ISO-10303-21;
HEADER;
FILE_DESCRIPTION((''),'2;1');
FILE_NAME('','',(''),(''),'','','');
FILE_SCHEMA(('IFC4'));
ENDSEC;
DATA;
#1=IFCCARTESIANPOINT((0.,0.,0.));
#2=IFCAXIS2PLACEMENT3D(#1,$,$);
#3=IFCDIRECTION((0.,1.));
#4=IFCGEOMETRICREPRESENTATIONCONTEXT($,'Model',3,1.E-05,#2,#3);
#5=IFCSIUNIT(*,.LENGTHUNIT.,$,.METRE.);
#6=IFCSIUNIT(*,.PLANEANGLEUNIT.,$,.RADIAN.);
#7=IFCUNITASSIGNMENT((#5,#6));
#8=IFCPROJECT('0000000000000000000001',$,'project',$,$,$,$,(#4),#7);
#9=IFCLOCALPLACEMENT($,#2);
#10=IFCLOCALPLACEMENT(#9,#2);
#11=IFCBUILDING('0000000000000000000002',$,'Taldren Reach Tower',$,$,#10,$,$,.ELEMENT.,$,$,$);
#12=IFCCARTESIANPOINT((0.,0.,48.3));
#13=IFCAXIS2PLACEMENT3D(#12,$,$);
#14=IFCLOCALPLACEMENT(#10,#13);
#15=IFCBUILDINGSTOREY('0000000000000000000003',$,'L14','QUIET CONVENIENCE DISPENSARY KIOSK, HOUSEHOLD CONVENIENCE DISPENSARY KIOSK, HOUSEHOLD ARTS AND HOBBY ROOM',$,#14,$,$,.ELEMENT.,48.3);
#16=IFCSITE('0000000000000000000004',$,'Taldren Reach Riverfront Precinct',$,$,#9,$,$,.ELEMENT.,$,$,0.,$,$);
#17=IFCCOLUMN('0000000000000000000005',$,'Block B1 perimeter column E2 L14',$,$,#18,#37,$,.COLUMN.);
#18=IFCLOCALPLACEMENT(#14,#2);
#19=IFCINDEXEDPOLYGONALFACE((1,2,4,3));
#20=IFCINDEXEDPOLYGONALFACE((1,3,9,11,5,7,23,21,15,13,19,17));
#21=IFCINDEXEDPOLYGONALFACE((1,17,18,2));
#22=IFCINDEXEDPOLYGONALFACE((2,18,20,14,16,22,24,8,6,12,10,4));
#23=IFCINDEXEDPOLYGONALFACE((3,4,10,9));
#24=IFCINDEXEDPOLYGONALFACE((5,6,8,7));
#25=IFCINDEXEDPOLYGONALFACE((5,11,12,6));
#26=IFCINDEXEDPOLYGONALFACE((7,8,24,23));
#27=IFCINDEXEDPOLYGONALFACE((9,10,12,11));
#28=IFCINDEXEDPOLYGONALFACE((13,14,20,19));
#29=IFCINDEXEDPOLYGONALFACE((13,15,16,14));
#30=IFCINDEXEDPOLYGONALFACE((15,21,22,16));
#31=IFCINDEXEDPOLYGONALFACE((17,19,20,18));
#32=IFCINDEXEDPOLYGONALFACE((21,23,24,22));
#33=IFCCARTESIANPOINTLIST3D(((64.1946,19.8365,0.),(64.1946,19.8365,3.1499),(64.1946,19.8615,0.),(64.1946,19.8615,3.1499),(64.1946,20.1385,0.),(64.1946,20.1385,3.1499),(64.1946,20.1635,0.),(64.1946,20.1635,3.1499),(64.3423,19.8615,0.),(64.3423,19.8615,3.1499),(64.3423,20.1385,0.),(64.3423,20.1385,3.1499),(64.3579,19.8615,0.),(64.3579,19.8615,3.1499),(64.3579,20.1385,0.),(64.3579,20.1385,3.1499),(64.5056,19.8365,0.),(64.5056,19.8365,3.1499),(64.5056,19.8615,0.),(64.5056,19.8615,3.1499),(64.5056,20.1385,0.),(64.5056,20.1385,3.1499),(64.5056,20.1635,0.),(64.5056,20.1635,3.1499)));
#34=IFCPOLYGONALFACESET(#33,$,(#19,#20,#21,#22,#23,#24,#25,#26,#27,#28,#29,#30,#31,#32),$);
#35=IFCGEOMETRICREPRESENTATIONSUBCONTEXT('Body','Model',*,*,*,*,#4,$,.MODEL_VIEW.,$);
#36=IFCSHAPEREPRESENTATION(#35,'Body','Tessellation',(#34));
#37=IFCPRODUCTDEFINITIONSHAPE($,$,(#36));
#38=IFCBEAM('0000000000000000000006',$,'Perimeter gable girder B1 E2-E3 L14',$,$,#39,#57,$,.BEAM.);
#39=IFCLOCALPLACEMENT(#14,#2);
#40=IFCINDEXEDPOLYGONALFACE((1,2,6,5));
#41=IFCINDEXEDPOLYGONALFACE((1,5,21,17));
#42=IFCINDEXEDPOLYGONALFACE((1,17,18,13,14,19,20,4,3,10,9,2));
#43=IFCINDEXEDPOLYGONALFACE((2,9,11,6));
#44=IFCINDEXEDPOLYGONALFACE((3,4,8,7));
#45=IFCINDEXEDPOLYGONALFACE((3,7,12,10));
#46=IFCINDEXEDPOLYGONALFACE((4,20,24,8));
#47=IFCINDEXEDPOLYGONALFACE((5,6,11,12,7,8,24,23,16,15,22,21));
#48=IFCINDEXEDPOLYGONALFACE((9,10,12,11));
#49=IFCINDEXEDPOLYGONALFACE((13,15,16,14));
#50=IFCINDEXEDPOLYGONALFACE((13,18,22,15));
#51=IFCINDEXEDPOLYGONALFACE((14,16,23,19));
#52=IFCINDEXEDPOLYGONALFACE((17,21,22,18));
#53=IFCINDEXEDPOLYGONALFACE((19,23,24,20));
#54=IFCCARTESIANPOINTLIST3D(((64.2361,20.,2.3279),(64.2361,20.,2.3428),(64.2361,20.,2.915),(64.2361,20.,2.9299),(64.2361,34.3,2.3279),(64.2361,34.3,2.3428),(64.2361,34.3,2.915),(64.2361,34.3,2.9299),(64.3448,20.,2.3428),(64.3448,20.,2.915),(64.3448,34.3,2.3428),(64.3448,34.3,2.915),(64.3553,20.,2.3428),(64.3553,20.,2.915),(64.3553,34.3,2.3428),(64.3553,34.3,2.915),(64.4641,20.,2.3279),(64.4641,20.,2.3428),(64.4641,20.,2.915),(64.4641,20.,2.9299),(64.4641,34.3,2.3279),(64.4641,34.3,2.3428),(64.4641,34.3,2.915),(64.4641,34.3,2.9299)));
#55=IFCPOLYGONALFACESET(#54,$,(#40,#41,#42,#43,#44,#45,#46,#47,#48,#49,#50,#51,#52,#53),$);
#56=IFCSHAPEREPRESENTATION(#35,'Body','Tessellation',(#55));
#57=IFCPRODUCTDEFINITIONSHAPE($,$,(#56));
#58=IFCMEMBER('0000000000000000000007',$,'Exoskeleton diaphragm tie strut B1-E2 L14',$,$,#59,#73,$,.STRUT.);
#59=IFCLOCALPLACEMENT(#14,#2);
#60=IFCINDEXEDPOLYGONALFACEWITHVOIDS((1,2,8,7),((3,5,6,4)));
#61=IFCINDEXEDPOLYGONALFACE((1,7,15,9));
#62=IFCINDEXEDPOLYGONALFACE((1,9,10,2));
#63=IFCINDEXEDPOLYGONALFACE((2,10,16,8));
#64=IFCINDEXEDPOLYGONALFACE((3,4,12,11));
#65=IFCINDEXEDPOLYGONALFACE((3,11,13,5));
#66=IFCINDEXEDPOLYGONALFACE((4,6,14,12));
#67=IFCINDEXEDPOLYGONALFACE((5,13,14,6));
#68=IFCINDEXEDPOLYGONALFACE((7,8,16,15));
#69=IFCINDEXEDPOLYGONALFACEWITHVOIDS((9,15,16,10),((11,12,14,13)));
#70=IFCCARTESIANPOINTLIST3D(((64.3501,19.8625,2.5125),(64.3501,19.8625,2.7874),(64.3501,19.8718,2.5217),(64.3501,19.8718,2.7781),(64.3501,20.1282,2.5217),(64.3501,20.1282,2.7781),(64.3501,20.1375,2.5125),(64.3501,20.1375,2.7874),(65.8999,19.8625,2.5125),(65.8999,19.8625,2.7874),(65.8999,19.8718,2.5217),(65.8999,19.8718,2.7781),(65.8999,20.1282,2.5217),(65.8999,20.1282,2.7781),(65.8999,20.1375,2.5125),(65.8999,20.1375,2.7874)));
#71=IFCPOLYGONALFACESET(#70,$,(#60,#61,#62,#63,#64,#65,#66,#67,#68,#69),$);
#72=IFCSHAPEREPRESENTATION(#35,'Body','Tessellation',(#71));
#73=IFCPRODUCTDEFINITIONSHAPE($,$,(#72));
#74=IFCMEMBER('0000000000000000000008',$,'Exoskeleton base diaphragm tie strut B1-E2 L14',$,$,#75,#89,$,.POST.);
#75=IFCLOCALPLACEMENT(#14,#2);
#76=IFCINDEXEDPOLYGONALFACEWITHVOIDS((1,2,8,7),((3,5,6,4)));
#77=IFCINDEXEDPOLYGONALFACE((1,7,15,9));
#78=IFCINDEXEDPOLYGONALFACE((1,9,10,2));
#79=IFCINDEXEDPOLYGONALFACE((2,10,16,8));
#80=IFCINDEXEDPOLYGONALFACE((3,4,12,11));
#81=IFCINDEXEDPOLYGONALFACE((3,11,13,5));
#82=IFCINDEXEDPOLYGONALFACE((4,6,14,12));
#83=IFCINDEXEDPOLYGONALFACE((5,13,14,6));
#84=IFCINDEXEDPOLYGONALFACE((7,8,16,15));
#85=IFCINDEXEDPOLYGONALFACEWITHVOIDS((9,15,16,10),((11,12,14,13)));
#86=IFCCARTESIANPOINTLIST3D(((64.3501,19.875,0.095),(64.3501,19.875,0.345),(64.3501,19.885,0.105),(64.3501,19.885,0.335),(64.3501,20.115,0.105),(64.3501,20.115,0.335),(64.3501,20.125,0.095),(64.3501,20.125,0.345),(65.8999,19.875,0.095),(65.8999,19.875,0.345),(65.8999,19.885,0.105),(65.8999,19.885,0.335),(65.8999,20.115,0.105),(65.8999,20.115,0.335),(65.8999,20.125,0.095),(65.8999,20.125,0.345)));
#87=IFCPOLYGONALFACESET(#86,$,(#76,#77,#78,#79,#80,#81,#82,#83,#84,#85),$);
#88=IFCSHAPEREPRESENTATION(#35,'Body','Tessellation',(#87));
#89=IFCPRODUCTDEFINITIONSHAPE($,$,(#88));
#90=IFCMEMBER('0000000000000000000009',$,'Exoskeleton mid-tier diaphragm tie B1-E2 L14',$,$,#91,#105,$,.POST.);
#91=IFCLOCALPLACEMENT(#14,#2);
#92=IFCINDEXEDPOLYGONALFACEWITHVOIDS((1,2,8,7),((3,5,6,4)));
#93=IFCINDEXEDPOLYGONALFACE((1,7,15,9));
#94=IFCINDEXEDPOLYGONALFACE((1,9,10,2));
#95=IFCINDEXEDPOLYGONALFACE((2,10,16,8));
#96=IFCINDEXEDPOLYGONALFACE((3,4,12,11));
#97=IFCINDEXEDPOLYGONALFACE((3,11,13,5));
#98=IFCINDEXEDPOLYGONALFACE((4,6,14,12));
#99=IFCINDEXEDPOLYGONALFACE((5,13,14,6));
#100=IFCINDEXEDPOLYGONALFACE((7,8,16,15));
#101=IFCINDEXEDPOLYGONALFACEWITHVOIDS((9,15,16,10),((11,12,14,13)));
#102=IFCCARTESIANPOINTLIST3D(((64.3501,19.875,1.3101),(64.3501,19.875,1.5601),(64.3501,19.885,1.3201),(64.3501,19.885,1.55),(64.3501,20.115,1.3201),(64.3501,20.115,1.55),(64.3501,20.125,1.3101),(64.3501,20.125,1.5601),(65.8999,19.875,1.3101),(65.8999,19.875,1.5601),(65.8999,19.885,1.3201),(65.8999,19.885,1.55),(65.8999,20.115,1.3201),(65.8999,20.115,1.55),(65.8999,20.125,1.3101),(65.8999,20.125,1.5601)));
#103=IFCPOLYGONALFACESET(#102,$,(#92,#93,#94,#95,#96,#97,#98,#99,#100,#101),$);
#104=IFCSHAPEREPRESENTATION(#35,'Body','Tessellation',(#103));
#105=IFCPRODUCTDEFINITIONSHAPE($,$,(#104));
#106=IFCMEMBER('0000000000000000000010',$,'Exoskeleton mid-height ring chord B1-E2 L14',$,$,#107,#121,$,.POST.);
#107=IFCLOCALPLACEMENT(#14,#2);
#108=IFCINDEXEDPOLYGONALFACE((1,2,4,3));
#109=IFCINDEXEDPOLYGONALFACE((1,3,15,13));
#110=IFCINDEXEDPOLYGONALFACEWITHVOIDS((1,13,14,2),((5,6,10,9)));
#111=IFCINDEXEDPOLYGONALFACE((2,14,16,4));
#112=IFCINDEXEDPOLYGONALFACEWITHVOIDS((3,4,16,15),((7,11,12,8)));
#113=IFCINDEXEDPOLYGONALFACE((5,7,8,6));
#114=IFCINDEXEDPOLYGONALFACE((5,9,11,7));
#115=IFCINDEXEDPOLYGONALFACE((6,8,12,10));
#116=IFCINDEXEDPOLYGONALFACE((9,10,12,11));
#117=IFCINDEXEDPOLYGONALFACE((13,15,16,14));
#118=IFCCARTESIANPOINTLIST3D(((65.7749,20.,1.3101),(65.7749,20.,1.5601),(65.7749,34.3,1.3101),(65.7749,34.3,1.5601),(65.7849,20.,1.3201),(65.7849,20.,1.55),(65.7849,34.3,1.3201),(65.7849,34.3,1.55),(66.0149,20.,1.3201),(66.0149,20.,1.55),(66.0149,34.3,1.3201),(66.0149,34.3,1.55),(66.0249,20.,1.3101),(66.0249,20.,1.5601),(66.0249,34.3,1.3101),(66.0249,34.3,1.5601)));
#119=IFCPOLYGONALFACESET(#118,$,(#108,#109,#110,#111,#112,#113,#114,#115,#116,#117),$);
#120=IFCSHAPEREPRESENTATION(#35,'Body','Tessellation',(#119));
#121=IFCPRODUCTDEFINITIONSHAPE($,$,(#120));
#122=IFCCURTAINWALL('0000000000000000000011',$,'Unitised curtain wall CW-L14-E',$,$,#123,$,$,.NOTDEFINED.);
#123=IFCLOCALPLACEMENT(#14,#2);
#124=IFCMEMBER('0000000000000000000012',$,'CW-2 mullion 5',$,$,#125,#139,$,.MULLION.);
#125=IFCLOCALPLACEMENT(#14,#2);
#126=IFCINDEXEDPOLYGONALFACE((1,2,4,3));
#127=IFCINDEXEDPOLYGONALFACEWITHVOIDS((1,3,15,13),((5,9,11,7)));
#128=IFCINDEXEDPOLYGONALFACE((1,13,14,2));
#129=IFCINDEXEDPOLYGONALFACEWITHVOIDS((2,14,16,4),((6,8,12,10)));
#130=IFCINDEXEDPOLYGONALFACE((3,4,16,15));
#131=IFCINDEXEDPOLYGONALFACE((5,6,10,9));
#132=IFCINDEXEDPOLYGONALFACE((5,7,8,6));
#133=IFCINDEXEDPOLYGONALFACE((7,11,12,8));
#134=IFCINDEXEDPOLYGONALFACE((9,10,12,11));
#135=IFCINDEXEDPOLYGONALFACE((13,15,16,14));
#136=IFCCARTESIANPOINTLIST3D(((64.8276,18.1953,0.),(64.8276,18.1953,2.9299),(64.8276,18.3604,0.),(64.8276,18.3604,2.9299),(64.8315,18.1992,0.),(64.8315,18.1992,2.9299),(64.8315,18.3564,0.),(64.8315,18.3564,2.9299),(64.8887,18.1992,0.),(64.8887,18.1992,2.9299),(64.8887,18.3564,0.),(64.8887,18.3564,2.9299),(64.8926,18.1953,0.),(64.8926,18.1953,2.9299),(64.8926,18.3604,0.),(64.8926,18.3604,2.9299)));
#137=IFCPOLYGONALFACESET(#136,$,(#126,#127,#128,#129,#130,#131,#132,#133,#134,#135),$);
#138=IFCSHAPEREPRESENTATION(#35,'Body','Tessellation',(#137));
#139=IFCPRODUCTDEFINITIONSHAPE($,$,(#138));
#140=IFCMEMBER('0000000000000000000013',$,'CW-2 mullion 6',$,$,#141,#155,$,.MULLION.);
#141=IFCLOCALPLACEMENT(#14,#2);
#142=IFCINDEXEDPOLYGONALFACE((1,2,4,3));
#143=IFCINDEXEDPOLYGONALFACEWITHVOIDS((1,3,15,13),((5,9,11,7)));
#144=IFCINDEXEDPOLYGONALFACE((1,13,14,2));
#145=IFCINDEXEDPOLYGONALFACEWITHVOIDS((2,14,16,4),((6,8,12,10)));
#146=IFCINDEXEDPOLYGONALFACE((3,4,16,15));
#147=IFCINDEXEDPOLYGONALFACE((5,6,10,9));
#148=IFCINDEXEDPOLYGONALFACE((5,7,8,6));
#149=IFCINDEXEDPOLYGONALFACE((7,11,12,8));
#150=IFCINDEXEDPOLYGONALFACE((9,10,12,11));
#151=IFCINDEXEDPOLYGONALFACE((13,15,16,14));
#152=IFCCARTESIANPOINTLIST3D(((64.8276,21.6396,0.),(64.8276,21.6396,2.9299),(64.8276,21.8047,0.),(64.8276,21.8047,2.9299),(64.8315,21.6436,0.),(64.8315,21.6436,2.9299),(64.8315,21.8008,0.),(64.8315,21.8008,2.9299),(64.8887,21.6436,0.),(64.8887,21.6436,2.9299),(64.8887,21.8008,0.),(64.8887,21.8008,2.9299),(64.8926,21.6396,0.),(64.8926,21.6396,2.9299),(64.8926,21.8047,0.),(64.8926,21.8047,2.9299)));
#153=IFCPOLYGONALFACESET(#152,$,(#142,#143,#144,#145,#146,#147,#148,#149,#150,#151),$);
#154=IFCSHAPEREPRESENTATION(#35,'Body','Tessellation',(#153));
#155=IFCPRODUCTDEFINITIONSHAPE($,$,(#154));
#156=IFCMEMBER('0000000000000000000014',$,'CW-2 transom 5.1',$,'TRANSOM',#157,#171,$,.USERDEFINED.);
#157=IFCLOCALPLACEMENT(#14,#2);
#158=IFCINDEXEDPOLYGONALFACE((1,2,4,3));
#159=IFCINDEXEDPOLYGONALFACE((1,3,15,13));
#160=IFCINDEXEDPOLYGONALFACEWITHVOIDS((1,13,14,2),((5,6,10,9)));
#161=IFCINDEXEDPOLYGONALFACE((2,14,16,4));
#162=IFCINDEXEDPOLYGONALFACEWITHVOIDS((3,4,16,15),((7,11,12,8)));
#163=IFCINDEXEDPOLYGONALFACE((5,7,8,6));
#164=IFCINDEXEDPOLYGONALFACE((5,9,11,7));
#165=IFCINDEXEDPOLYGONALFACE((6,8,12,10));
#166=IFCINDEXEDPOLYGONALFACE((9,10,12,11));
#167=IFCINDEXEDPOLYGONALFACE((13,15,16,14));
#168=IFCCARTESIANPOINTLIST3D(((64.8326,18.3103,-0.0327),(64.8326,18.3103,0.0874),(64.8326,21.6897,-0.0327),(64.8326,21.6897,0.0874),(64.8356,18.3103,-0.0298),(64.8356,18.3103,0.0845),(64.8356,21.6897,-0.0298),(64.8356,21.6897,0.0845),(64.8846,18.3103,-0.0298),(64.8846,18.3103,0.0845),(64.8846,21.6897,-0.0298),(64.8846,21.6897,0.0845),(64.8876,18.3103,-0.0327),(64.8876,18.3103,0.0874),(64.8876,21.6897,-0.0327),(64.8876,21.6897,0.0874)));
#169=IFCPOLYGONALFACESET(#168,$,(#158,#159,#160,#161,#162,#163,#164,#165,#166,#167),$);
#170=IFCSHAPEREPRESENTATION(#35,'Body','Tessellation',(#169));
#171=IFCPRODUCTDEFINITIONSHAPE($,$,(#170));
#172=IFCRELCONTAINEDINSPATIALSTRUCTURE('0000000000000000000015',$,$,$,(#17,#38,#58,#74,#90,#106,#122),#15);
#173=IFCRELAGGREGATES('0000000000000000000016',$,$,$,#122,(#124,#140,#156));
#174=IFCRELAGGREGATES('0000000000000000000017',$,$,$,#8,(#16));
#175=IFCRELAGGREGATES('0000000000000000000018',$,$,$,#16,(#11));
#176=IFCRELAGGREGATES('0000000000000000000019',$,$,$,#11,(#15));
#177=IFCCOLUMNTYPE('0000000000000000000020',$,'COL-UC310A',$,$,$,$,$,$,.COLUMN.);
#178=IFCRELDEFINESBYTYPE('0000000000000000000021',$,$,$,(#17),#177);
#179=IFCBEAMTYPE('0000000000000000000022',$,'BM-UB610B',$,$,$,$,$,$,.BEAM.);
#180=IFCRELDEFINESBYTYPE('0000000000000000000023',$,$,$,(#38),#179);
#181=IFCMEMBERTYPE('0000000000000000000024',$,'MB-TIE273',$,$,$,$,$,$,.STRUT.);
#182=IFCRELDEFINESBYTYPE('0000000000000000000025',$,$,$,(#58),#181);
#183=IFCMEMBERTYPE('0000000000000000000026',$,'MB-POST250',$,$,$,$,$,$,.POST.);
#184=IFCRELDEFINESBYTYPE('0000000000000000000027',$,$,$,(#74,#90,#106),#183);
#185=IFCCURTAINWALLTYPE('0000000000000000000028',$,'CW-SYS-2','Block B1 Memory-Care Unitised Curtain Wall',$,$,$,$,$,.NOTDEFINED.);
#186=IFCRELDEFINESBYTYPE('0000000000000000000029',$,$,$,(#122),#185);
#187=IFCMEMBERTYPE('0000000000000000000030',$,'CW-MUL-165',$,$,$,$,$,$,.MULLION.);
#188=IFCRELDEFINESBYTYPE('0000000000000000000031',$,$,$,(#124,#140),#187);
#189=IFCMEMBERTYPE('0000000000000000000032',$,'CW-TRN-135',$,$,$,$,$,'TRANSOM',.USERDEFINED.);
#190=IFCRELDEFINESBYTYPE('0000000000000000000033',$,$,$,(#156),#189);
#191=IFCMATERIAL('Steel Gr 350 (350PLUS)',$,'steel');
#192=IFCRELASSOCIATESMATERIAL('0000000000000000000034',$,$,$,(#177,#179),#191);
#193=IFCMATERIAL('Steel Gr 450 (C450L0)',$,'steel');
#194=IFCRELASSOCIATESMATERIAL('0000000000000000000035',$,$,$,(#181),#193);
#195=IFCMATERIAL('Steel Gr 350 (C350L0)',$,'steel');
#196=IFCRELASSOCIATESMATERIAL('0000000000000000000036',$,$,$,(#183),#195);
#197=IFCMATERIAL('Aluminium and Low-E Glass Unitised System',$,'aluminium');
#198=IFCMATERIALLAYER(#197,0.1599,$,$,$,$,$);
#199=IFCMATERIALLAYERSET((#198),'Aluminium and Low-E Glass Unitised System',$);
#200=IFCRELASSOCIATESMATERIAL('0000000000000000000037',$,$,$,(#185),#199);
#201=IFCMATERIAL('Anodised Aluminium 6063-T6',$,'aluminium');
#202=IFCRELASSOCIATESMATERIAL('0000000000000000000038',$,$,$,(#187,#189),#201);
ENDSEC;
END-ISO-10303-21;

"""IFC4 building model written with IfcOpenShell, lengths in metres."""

from ifc_helpers import new_model, si_unit, direction, frame, origin, origin_2d, place, context, subcontext, project, spatial, hollow_rectangle, i_section, extrude, source, transform, mapped, material, layer, layer_set, material_profile, profile_set, type_object, element, aggregate, save


model = new_model("IFC4")

# Units and contexts
model_context = context("Model", 3, precision=1e-05, world=origin(), true_north=direction((0.0, 1.0)))
body_context = subcontext(model_context, "Body", "Model", "MODEL_VIEW")
ifc_project = project(units=[si_unit("LENGTHUNIT", "METRE"), si_unit("PLANEANGLEUNIT", "RADIAN")], contexts=[model_context])

# Site, building, storey
site_placement = place(None, origin())
site = spatial("IfcSite", under=ifc_project, at=site_placement, Name="Taldren Reach Riverfront Precinct", CompositionType="ELEMENT", RefElevation=0.0)
building_placement = place(site_placement, origin())
building = spatial("IfcBuilding", under=site, at=building_placement, Name="Taldren Reach Tower", CompositionType="ELEMENT")
storey_placement = place(building_placement, frame((0.0, 0.0, 48.3)))
storey = spatial("IfcBuildingStorey", under=building, at=storey_placement, Name="L14", Description="QUIET CONVENIENCE DISPENSARY KIOSK, HOUSEHOLD CONVENIENCE DISPENSARY KIOSK, HOUSEHOLD ARTS AND HOBBY ROOM", CompositionType="ELEMENT", Elevation=48.3)

# Column
ifc_material_1 = material(Name="Steel Gr 350 (350PLUS)", Category="steel")
ifc_material_profile_1 = material_profile(ifc_material_1, i_section(OverallWidth=0.311, OverallDepth=0.3269, WebThickness=0.0156, FlangeThickness=0.0249, at=origin_2d()), Name="310UC158")
ifc_profile_set_1 = profile_set([ifc_material_profile_1], Name="Steel Gr 350 (350PLUS)")
column_type = type_object("IfcColumnType", Name="COL-UC310A", PredefinedType="COLUMN", material=ifc_profile_set_1)
shared_shape_1 = source(origin(), body_context, "Body", "SweptSolid", [
    extrude(i_section(OverallWidth=0.311, OverallDepth=0.3269, WebThickness=0.0156, FlangeThickness=0.0249, at=origin_2d()), origin(), (0.0, 0.0, 1.0), 3.1499),
])
column_placement = place(storey_placement, frame((64.3501, 20.0, 0.0), z_axis=(0.0, 0.0, 1.0), x_axis=(1.0, 0.0, 0.0)))
element("IfcColumn", 1, at=column_placement, inside=storey, type_object=column_type, Name="Block B1 perimeter column E2 L14", PredefinedType="COLUMN", context=body_context, shape_type="MappedRepresentation", body=[
    mapped(shared_shape_1, transform((0.0, 0.0, 0.0), scale=1.0)),
])

# Beam
ifc_material_profile_2 = material_profile(ifc_material_1, i_section(OverallWidth=0.228, OverallDepth=0.6021, WebThickness=0.0105, FlangeThickness=0.0149, at=origin_2d()), Name="610UB101")
ifc_profile_set_2 = profile_set([ifc_material_profile_2], Name="Steel Gr 350 (350PLUS)")
beam_type = type_object("IfcBeamType", Name="BM-UB610B", PredefinedType="BEAM", material=ifc_profile_set_2)
shared_shape_2 = source(origin(), body_context, "Body", "SweptSolid", [
    extrude(i_section(OverallWidth=0.228, OverallDepth=0.6021, WebThickness=0.0105, FlangeThickness=0.0149, at=origin_2d()), origin(), (0.0, 0.0, 1.0), 14.3),
])
beam_placement = place(storey_placement, frame((64.3501, 20.0, 2.6289), z_axis=(0.0, 1.0, 0.0), x_axis=(-1.0, 0.0, 0.0)))
element("IfcBeam", 2, at=beam_placement, inside=storey, type_object=beam_type, Name="Perimeter gable girder B1 E2-E3 L14", PredefinedType="BEAM", context=body_context, shape_type="MappedRepresentation", body=[
    mapped(shared_shape_2, transform((0.0, 0.0, 0.0), scale=1.0)),
])

# Members
ifc_material_2 = material(Name="Steel Gr 450 (C450L0)", Category="steel")
ifc_material_profile_3 = material_profile(ifc_material_2, hollow_rectangle(XDim=0.2749, YDim=0.2749, WallThickness=0.0093, at=origin_2d()), Name="275x275x9.3SHS")
ifc_profile_set_3 = profile_set([ifc_material_profile_3], Name="Steel Gr 450 (C450L0)")
member_type_1 = type_object("IfcMemberType", Name="MB-TIE273", PredefinedType="STRUT", material=ifc_profile_set_3)
shared_shape_3 = source(origin(), body_context, "Body", "SweptSolid", [
    extrude(hollow_rectangle(XDim=0.2749, YDim=0.2749, WallThickness=0.0093, at=origin_2d()), origin(), (0.0, 0.0, 1.0), 1.5498),
])
member_1_placement = place(storey_placement, frame((64.3501, 20.0, 2.6499), z_axis=(1.0, 0.0, 0.0), x_axis=(0.0, 1.0, 0.0)))
element("IfcMember", 3, at=member_1_placement, inside=storey, type_object=member_type_1, Name="Exoskeleton diaphragm tie strut B1-E2 L14", PredefinedType="STRUT", context=body_context, shape_type="MappedRepresentation", body=[
    mapped(shared_shape_3, transform((0.0, 0.0, 0.0), scale=1.0)),
])
ifc_material_3 = material(Name="Steel Gr 350 (C350L0)", Category="steel")
ifc_material_profile_4 = material_profile(ifc_material_3, hollow_rectangle(XDim=0.25, YDim=0.25, WallThickness=0.01, at=origin_2d()), Name="250x250x10.0SHS")
ifc_profile_set_4 = profile_set([ifc_material_profile_4], Name="Steel Gr 350 (C350L0)")
member_type_2 = type_object("IfcMemberType", Name="MB-POST250", PredefinedType="POST", material=ifc_profile_set_4)
shared_shape_4 = source(origin(), body_context, "Body", "SweptSolid", [
    extrude(hollow_rectangle(XDim=0.25, YDim=0.25, WallThickness=0.01, at=origin_2d()), origin(), (0.0, 0.0, 1.0), 1.5498),
])
for number, where, z_axis, x_axis, name in (
    (4, (64.3501, 20.0, 0.22), (1.0, 0.0, 0.0), (0.0, 1.0, 0.0), "Exoskeleton base diaphragm tie strut B1-E2 L14"),
    (5, (64.3501, 20.0, 1.4351), (1.0, 0.0, 0.0), (0.0, 1.0, 0.0), "Exoskeleton mid-tier diaphragm tie B1-E2 L14"),
):
    element("IfcMember", number, at=place(storey_placement, frame(where, z_axis=z_axis, x_axis=x_axis)), inside=storey, type_object=member_type_2, Name=name, PredefinedType="POST", context=body_context, shape_type="MappedRepresentation", body=[
        mapped(shared_shape_4, transform((0.0, 0.0, 0.0), scale=1.0)),
    ])
shared_shape_5 = source(origin(), body_context, "Body", "SweptSolid", [
    extrude(hollow_rectangle(XDim=0.25, YDim=0.25, WallThickness=0.01, at=origin_2d()), origin(), (0.0, 0.0, 1.0), 14.3),
])
member_2_placement = place(storey_placement, frame((65.8999, 20.0, 1.4351), z_axis=(0.0, 1.0, 0.0), x_axis=(-1.0, 0.0, 0.0)))
element("IfcMember", 6, at=member_2_placement, inside=storey, type_object=member_type_2, Name="Exoskeleton mid-height ring chord B1-E2 L14", PredefinedType="POST", context=body_context, shape_type="MappedRepresentation", body=[
    mapped(shared_shape_5, transform((0.0, 0.0, 0.0), scale=1.0)),
])

# Curtain wall, members
ifc_material_4 = material(Name="Aluminium and Low-E Glass Unitised System", Category="aluminium")
ifc_layer_1 = layer(ifc_material_4, 0.1599)
ifc_layer_set_1 = layer_set([ifc_layer_1], Name="Aluminium and Low-E Glass Unitised System")
curtain_wall_type = type_object("IfcCurtainWallType", Name="CW-SYS-2", Description="Block B1 Memory-Care Unitised Curtain Wall", PredefinedType="NOTDEFINED", material=ifc_layer_set_1)
curtain_wall_placement = place(storey_placement, origin())
curtain_wall = element("IfcCurtainWall", 7, at=curtain_wall_placement, inside=storey, type_object=curtain_wall_type, Name="Unitised curtain wall CW-L14-E", PredefinedType="NOTDEFINED")
ifc_material_5 = material(Name="Anodised Aluminium 6063-T6", Category="aluminium")
ifc_material_profile_5 = material_profile(ifc_material_5, hollow_rectangle(XDim=0.0649, YDim=0.165, WallThickness=0.0039, at=origin_2d()), Name="ALU-165x65x4RHS")
ifc_profile_set_5 = profile_set([ifc_material_profile_5], Name="Anodised Aluminium 6063-T6")
member_type_3 = type_object("IfcMemberType", Name="CW-MUL-165", PredefinedType="MULLION", material=ifc_profile_set_5)
shared_shape_6 = source(origin(), body_context, "Body", "SweptSolid", [
    extrude(hollow_rectangle(XDim=0.0649, YDim=0.165, WallThickness=0.0039, at=origin_2d()), origin(), (0.0, 0.0, 1.0), 2.9299),
])
member_3_placement = place(storey_placement, frame((64.8601, 18.2778, 0.0), z_axis=(0.0, 0.0, 1.0), x_axis=(-1.0, 0.0, 0.0)))
member_3 = element("IfcMember", 8, at=member_3_placement, type_object=member_type_3, Name="CW-2 mullion 5", PredefinedType="MULLION", context=body_context, shape_type="MappedRepresentation", body=[
    mapped(shared_shape_6, transform((0.0, 0.0, 0.0), scale=1.0)),
])
member_4_placement = place(storey_placement, frame((64.8601, 21.7222, 0.0), z_axis=(0.0, 0.0, 1.0), x_axis=(-1.0, 0.0, 0.0)))
member_4 = element("IfcMember", 9, at=member_4_placement, type_object=member_type_3, Name="CW-2 mullion 6", PredefinedType="MULLION", context=body_context, shape_type="MappedRepresentation", body=[
    mapped(shared_shape_6, transform((0.0, 0.0, 0.0), scale=1.0)),
])
ifc_material_profile_6 = material_profile(ifc_material_5, hollow_rectangle(XDim=0.0549, YDim=0.1201, WallThickness=0.0029, at=origin_2d()), Name="ALU-120x55x3RHS")
ifc_profile_set_6 = profile_set([ifc_material_profile_6], Name="Anodised Aluminium 6063-T6")
member_type_4 = type_object("IfcMemberType", Name="CW-TRN-135", ElementType="TRANSOM", PredefinedType="USERDEFINED", material=ifc_profile_set_6)
shared_shape_7 = source(origin(), body_context, "Body", "SweptSolid", [
    extrude(hollow_rectangle(XDim=0.0549, YDim=0.1201, WallThickness=0.0029, at=origin_2d()), origin(), (0.0, 0.0, 1.0), 3.3794),
])
member_5_placement = place(storey_placement, frame((64.8601, 18.3103, 0.0273), z_axis=(0.0, 1.0, 0.0), x_axis=(-1.0, 0.0, 0.0)))
member_5 = element("IfcMember", 10, at=member_5_placement, type_object=member_type_4, Name="CW-2 transom 5.1", ObjectType="TRANSOM", PredefinedType="USERDEFINED", context=body_context, shape_type="MappedRepresentation", body=[
    mapped(shared_shape_7, transform((0.0, 0.0, 0.0), scale=1.0)),
])

aggregate(curtain_wall, [member_3, member_4, member_5])

save(model, "model.ifc")
